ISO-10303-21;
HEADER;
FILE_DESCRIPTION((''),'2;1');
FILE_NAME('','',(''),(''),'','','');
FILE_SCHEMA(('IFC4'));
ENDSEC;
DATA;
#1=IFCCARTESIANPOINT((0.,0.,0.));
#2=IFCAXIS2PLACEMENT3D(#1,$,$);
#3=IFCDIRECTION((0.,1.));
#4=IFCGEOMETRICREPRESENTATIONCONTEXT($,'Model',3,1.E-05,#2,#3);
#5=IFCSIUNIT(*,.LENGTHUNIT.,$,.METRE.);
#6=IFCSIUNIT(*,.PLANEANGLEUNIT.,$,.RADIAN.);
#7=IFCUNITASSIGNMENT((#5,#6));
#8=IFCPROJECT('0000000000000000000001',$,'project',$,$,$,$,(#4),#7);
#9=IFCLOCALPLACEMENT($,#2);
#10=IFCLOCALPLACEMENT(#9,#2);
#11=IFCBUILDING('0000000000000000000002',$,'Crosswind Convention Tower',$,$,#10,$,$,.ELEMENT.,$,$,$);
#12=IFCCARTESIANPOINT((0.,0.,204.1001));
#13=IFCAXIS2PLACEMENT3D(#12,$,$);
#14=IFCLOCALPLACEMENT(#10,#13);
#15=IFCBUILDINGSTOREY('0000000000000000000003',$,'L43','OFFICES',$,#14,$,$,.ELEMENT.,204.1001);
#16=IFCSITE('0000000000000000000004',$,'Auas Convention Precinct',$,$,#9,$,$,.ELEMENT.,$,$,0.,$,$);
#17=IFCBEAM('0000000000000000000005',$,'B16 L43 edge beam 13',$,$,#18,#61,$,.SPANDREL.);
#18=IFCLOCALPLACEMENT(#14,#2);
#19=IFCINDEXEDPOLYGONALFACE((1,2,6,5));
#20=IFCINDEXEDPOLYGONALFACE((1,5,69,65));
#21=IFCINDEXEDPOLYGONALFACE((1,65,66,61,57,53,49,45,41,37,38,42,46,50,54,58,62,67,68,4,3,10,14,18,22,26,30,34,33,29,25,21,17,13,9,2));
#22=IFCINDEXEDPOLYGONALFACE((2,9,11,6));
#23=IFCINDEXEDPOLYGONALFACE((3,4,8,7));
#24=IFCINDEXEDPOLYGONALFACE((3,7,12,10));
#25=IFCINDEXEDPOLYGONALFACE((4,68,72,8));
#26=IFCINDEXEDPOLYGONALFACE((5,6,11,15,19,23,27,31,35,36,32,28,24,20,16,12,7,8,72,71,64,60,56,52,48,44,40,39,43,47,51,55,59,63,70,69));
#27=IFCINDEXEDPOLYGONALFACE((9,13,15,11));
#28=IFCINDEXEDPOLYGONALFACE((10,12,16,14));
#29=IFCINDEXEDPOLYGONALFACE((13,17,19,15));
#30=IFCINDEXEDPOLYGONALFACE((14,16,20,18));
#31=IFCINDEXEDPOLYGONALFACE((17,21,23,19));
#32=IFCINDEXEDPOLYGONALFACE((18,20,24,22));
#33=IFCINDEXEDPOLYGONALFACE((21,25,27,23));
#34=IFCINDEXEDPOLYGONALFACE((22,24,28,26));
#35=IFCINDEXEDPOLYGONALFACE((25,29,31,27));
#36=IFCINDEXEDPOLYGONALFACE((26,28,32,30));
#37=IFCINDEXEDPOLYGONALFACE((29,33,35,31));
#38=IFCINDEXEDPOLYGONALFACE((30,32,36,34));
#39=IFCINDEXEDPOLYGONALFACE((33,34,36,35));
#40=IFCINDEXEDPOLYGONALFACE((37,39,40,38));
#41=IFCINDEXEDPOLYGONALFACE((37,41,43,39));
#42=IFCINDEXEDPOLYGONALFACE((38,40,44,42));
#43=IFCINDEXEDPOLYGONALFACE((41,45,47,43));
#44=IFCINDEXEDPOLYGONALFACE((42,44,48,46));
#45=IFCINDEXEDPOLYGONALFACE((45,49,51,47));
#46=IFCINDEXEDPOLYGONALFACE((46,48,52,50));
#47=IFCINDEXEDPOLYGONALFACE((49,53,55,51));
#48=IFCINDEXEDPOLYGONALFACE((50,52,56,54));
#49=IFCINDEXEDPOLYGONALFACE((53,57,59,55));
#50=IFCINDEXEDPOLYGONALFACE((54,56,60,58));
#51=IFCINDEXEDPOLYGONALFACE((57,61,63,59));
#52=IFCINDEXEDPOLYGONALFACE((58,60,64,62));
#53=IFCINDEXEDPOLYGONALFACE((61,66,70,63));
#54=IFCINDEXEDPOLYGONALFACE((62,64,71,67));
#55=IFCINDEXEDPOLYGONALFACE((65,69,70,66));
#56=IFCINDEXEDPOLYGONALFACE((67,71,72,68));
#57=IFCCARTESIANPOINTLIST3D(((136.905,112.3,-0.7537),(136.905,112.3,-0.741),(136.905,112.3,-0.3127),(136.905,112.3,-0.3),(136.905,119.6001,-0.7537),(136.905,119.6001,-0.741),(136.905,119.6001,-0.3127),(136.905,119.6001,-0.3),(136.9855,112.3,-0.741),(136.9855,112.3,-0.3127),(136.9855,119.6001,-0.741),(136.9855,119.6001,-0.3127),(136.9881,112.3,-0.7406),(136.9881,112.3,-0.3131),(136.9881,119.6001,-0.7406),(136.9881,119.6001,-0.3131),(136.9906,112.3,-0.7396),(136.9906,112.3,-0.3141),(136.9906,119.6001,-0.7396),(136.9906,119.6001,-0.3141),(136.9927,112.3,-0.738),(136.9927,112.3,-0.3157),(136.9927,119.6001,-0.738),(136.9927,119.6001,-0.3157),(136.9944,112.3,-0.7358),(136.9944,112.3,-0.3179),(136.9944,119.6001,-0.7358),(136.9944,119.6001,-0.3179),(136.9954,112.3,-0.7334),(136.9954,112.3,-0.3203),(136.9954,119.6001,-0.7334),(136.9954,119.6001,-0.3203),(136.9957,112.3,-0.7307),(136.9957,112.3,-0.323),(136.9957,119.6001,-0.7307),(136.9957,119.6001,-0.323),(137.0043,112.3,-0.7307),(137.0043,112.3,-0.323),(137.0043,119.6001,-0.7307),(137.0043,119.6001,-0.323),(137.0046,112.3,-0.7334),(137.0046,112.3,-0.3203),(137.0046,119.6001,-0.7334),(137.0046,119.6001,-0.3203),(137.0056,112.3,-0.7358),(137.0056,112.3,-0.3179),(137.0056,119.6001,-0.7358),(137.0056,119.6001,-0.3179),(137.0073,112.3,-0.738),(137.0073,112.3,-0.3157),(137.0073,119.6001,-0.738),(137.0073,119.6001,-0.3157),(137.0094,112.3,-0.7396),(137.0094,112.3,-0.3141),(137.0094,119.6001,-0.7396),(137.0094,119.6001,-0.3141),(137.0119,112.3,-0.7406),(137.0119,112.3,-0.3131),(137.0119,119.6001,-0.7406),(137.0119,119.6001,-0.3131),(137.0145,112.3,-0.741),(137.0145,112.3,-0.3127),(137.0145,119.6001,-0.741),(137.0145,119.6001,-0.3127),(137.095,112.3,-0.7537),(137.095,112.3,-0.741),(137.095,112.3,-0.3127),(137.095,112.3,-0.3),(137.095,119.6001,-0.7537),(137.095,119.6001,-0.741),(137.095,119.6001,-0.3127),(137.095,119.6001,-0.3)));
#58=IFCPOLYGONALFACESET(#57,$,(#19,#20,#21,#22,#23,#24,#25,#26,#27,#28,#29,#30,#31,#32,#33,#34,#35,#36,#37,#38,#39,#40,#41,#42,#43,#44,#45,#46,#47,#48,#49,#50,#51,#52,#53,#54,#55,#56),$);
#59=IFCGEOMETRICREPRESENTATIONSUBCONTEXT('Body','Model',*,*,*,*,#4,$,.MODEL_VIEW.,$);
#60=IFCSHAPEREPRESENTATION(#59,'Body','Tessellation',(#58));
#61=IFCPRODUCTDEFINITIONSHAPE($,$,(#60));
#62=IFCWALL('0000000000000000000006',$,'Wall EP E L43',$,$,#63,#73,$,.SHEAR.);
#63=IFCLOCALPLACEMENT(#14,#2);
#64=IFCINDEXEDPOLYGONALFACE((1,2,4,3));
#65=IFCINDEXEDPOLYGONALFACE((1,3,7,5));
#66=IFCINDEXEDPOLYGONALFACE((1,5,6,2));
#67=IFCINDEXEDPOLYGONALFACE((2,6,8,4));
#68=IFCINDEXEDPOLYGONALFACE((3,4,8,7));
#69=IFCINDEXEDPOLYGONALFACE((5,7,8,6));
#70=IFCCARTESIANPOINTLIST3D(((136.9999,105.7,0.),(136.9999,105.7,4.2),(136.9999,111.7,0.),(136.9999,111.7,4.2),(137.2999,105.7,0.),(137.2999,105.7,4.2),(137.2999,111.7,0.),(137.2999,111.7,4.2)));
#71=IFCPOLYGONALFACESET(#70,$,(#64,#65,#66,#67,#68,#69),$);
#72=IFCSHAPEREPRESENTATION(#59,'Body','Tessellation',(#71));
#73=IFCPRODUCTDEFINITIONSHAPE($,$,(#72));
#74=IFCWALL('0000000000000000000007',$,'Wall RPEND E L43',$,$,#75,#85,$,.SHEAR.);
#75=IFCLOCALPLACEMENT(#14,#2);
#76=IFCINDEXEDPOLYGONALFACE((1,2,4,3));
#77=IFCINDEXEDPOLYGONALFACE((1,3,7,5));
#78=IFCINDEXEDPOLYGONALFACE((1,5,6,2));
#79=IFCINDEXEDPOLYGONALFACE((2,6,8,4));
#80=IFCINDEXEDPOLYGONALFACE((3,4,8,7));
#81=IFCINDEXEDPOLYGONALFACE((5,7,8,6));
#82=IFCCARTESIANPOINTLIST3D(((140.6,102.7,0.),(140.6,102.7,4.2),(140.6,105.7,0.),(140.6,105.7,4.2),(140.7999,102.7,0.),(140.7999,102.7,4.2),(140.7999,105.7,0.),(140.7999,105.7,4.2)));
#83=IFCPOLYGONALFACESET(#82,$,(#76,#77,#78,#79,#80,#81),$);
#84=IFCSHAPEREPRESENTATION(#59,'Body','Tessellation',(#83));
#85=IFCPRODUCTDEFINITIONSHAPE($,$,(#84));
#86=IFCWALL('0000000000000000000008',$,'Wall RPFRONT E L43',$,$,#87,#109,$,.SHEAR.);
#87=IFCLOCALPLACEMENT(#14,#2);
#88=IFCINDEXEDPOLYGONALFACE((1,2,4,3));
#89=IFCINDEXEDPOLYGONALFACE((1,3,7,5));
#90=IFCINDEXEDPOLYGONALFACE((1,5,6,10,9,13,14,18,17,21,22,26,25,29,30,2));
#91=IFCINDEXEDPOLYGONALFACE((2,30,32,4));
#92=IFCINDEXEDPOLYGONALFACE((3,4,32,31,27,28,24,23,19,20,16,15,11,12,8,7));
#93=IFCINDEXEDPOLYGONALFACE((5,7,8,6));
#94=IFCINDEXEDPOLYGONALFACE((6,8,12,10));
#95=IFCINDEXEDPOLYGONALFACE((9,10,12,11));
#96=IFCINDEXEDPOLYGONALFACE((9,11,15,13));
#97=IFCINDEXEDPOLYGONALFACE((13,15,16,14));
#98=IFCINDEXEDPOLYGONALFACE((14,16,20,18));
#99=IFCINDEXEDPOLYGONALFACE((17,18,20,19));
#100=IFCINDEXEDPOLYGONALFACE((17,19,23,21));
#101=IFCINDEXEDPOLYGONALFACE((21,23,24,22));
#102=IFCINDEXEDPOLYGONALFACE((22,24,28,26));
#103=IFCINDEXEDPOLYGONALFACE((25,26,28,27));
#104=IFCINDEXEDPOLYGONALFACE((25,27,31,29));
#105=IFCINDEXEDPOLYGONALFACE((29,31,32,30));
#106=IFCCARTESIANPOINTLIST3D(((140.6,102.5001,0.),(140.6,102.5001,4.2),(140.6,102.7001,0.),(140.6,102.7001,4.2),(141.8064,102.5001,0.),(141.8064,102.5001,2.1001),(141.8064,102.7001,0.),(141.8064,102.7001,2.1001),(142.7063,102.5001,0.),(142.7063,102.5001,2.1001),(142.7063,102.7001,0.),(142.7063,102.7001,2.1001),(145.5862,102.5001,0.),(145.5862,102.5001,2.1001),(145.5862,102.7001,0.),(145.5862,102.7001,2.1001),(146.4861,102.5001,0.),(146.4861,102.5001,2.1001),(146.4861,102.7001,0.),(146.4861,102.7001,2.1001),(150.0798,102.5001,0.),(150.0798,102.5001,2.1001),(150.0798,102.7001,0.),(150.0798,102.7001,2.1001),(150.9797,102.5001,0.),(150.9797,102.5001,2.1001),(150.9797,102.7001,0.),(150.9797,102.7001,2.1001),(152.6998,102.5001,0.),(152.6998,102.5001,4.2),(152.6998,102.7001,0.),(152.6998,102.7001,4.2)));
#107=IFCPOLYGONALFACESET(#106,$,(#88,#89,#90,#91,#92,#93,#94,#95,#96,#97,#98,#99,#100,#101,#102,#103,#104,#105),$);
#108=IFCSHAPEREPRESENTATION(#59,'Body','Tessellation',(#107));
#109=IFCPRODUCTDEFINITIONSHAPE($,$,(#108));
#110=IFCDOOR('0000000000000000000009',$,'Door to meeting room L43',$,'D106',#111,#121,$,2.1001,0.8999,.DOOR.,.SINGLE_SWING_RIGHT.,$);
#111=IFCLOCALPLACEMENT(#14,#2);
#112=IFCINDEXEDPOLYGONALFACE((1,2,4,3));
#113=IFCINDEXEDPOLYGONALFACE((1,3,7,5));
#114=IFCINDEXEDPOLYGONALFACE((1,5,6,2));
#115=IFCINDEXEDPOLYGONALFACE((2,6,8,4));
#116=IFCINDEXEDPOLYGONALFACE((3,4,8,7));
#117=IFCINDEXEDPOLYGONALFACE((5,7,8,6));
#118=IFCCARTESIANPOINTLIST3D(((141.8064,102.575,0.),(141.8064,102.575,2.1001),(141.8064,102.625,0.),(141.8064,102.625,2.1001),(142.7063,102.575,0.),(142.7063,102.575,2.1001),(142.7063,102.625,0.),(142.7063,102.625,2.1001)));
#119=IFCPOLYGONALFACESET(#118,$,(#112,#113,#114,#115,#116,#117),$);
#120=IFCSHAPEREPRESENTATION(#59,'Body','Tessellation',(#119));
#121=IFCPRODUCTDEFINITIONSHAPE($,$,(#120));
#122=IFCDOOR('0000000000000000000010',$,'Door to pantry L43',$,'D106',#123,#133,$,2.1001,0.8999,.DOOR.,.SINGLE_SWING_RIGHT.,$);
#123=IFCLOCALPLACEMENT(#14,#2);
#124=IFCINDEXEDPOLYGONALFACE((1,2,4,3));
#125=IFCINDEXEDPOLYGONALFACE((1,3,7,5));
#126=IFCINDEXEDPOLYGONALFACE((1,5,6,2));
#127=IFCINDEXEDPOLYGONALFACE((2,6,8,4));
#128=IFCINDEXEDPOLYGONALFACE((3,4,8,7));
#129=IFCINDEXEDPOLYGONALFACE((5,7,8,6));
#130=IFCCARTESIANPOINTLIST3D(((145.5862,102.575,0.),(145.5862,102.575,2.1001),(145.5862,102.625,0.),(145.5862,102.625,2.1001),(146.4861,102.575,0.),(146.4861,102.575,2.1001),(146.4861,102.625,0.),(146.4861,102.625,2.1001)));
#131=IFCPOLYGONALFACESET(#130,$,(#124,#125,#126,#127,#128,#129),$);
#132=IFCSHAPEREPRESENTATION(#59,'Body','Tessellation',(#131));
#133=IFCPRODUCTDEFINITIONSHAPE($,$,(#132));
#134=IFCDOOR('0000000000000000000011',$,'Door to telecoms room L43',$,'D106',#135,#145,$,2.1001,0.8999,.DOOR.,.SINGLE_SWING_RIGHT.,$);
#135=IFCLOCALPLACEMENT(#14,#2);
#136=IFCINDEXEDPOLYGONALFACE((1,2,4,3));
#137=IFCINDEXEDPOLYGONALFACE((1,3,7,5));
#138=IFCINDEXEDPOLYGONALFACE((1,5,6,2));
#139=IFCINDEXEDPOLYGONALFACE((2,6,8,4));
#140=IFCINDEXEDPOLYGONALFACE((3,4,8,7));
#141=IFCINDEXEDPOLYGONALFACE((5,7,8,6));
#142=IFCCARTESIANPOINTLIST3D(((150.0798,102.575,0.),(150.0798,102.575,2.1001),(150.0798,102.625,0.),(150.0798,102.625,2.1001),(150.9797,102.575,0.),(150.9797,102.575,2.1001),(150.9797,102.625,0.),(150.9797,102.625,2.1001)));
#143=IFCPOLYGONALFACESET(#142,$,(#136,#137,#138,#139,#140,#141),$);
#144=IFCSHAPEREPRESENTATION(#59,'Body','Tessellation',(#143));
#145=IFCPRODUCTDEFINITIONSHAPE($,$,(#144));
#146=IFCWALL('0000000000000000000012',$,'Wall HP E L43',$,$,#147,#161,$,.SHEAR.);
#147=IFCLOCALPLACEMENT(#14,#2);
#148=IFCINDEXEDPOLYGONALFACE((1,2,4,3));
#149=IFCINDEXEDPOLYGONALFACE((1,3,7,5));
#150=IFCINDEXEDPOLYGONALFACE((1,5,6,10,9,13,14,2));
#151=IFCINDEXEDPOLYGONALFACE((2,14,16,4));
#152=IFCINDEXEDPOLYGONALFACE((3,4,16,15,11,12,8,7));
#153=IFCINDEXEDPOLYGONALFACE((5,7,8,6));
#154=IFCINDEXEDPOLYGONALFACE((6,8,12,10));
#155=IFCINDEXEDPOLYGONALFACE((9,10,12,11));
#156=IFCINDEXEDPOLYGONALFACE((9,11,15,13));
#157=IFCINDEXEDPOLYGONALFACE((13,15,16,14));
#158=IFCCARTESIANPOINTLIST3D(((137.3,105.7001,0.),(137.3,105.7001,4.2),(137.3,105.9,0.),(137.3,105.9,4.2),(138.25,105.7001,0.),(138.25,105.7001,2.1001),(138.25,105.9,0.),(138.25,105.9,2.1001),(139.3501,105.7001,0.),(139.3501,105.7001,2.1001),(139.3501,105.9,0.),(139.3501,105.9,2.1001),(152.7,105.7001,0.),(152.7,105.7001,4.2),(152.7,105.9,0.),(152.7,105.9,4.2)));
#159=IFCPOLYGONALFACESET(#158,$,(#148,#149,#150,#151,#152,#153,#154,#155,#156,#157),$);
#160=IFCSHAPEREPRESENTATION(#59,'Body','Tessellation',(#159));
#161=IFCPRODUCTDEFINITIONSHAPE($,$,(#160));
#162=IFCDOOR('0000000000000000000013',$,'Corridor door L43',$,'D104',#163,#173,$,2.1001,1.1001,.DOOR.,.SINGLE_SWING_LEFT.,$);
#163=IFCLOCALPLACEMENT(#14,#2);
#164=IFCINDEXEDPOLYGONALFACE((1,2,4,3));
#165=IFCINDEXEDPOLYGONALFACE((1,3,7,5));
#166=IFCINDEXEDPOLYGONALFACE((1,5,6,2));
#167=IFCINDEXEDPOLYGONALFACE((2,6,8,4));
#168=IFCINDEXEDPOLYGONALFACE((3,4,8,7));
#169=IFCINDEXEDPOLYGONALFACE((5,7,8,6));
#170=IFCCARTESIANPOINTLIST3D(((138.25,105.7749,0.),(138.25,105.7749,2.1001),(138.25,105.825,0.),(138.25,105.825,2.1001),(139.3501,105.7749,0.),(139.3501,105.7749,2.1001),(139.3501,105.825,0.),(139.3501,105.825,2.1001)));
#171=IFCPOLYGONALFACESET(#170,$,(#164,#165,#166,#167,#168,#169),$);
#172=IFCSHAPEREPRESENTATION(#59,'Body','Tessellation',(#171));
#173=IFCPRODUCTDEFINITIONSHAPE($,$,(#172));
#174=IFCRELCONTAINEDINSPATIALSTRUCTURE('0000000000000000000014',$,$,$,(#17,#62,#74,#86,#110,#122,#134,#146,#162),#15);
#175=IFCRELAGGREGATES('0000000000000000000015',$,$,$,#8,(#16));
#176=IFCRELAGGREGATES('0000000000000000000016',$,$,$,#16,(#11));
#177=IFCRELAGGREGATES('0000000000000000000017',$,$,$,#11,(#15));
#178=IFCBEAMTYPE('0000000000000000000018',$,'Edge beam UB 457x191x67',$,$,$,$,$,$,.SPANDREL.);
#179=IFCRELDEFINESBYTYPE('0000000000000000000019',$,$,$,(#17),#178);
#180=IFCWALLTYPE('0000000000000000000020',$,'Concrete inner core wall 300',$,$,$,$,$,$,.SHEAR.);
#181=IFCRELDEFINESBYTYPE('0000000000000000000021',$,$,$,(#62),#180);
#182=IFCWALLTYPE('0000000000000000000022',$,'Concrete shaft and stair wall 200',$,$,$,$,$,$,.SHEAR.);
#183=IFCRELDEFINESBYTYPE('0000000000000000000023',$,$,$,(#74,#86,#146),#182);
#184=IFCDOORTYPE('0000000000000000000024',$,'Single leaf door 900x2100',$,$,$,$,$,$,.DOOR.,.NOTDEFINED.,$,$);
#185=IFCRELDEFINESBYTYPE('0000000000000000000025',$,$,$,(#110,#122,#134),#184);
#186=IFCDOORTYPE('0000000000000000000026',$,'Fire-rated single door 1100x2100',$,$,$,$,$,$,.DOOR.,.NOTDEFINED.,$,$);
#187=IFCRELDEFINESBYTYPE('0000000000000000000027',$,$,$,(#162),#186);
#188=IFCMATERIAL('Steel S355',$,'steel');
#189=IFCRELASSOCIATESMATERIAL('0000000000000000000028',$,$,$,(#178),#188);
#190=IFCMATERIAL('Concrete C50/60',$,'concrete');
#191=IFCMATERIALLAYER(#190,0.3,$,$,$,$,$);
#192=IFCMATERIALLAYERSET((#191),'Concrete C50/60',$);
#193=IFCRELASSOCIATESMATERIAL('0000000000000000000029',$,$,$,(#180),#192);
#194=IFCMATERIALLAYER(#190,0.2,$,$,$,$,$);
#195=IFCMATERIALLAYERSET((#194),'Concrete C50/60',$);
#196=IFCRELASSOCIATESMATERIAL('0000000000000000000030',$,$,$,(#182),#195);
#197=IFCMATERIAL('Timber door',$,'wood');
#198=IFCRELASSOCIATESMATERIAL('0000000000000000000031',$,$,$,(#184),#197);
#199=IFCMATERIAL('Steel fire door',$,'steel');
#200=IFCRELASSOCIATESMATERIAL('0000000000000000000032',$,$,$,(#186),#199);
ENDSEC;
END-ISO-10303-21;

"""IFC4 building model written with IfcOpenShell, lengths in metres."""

from ifc_helpers import new_model, si_unit, direction, frame, frame_2d, origin, origin_2d, place, context, subcontext, project, spatial, rectangle, i_section, extrude, material, layer, layer_set, material_profile, profile_set, type_object, element, fill, save


model = new_model("IFC4")

# Units and contexts
model_context = context("Model", 3, precision=1e-05, world=origin(), true_north=direction((0.0, 1.0)))
body_context = subcontext(model_context, "Body", "Model", "MODEL_VIEW")
ifc_project = project(units=[si_unit("LENGTHUNIT", "METRE"), si_unit("PLANEANGLEUNIT", "RADIAN")], contexts=[model_context])

# Site, building, storey
site_placement = place(None, origin())
site = spatial("IfcSite", under=ifc_project, at=site_placement, Name="Auas Convention Precinct", CompositionType="ELEMENT", RefElevation=0.0)
building_placement = place(site_placement, origin())
building = spatial("IfcBuilding", under=site, at=building_placement, Name="Crosswind Convention Tower", CompositionType="ELEMENT")
storey_placement = place(building_placement, frame((0.0, 0.0, 204.1001)))
storey = spatial("IfcBuildingStorey", under=building, at=storey_placement, Name="L43", Description="OFFICES", CompositionType="ELEMENT", Elevation=204.1001)

# Beam
ifc_material_1 = material(Name="Steel S355", Category="steel")
ifc_material_profile = material_profile(ifc_material_1, i_section(OverallWidth=0.1899, OverallDepth=0.4536, WebThickness=0.0085, FlangeThickness=0.0127, FilletRadius=0.0103, at=origin_2d()), Name="UB 457x191x67")
ifc_profile_set = profile_set([ifc_material_profile], Name="Steel S355")
beam_type = type_object("IfcBeamType", Name="Edge beam UB 457x191x67", PredefinedType="SPANDREL", material=ifc_profile_set)
beam_placement = place(storey_placement, frame((137.0, 112.3, -0.5269), z_axis=(0.0, 1.0, 0.0), x_axis=(-1.0, 0.0, 0.0)))
element("IfcBeam", 1, at=beam_placement, inside=storey, type_object=beam_type, Name="B16 L43 edge beam 13", PredefinedType="SPANDREL", context=body_context, shape_type="SweptSolid", body=[
    extrude(i_section(OverallWidth=0.1899, OverallDepth=0.4536, WebThickness=0.0085, FlangeThickness=0.0127, FilletRadius=0.0103, at=origin_2d()), origin(), (0.0, 0.0, 1.0), 7.3),
])

# Walls
ifc_material_2 = material(Name="Concrete C50/60", Category="concrete")
ifc_layer_1 = layer(ifc_material_2, 0.3)
ifc_layer_set_1 = layer_set([ifc_layer_1], Name="Concrete C50/60")
wall_type_1 = type_object("IfcWallType", Name="Concrete inner core wall 300", PredefinedType="SHEAR", material=ifc_layer_set_1)
wall_1_placement = place(storey_placement, frame((137.1499, 105.7, 0.0), z_axis=(0.0, 0.0, 1.0), x_axis=(0.0, 1.0, 0.0)))
element("IfcWall", 2, at=wall_1_placement, inside=storey, type_object=wall_type_1, Name="Wall EP E L43", PredefinedType="SHEAR", context=body_context, shape_type="SweptSolid", body=[
    extrude(rectangle(XDim=6.0, YDim=0.3, at=frame_2d((3.0, 0.0))), origin(), (0.0, 0.0, 1.0), 4.2),
])
ifc_layer_2 = layer(ifc_material_2, 0.2)
ifc_layer_set_2 = layer_set([ifc_layer_2], Name="Concrete C50/60")
wall_type_2 = type_object("IfcWallType", Name="Concrete shaft and stair wall 200", PredefinedType="SHEAR", material=ifc_layer_set_2)
wall_2_placement = place(storey_placement, frame((140.7, 102.7, 0.0), z_axis=(0.0, 0.0, 1.0), x_axis=(0.0, 1.0, 0.0)))
element("IfcWall", 3, at=wall_2_placement, inside=storey, type_object=wall_type_2, Name="Wall RPEND E L43", PredefinedType="SHEAR", context=body_context, shape_type="SweptSolid", body=[
    extrude(rectangle(XDim=3.0, YDim=0.2, at=frame_2d((1.5, 0.0))), origin(), (0.0, 0.0, 1.0), 4.2),
])

# Wall, openings, doors
wall_3_placement = place(storey_placement, frame((140.6001, 102.6001, 0.0), z_axis=(0.0, 0.0, 1.0), x_axis=(1.0, 0.0, 0.0)))
wall_3 = element("IfcWall", 4, at=wall_3_placement, inside=storey, type_object=wall_type_2, Name="Wall RPFRONT E L43", PredefinedType="SHEAR", context=body_context, shape_type="SweptSolid", body=[
    extrude(rectangle(XDim=12.0999, YDim=0.2, at=frame_2d((6.0498, 0.0))), origin(), (0.0, 0.0, 1.0), 4.2),
])
opening_1_placement = place(wall_3_placement, frame((1.2063, 0.0, 0.0)))
opening_1 = element("IfcOpeningElement", 5, at=opening_1_placement, cuts=wall_3, PredefinedType="OPENING", context=body_context, shape_type="SweptSolid", body=[
    extrude(rectangle(XDim=0.8999, YDim=2.1001, at=frame_2d((0.45, 1.05))), frame((0.0, 0.1099, 0.0), z_axis=(0.0, -1.0, 0.0), x_axis=(1.0, 0.0, 0.0)), (0.0, 0.0, 1.0), 0.22),
])
opening_2_placement = place(wall_3_placement, frame((4.9861, 0.0, 0.0)))
opening_2 = element("IfcOpeningElement", 6, at=opening_2_placement, cuts=wall_3, PredefinedType="OPENING", context=body_context, shape_type="SweptSolid", body=[
    extrude(rectangle(XDim=0.8999, YDim=2.1001, at=frame_2d((0.45, 1.05))), frame((0.0, 0.1099, 0.0), z_axis=(0.0, -1.0, 0.0), x_axis=(1.0, 0.0, 0.0)), (0.0, 0.0, 1.0), 0.22),
])
opening_3_placement = place(wall_3_placement, frame((9.4797, 0.0, 0.0)))
opening_3 = element("IfcOpeningElement", 7, at=opening_3_placement, cuts=wall_3, PredefinedType="OPENING", context=body_context, shape_type="SweptSolid", body=[
    extrude(rectangle(XDim=0.8999, YDim=2.1001, at=frame_2d((0.45, 1.05))), frame((0.0, 0.1099, 0.0), z_axis=(0.0, -1.0, 0.0), x_axis=(1.0, 0.0, 0.0)), (0.0, 0.0, 1.0), 0.22),
])
ifc_material_3 = material(Name="Timber door", Category="wood")
door_type_1 = type_object("IfcDoorType", Name="Single leaf door 900x2100", OperationType="NOTDEFINED", PredefinedType="DOOR", material=ifc_material_3)
door_1_placement = place(opening_1_placement, origin())
door_1 = element("IfcDoor", 8, at=door_1_placement, inside=storey, type_object=door_type_1, Name="Door to meeting room L43", ObjectType="D106", OperationType="SINGLE_SWING_RIGHT", OverallHeight=2.1001, OverallWidth=0.8999, PredefinedType="DOOR", context=body_context, shape_type="SweptSolid", body=[
    extrude(rectangle(XDim=0.8999, YDim=2.1001, at=frame_2d((0.45, 1.05))), frame((0.0, 0.0249, 0.0), z_axis=(0.0, -1.0, 0.0), x_axis=(1.0, 0.0, 0.0)), (0.0, 0.0, 1.0), 0.05),
])
fill(opening_1, door_1)
door_2_placement = place(opening_2_placement, origin())
door_2 = element("IfcDoor", 9, at=door_2_placement, inside=storey, type_object=door_type_1, Name="Door to pantry L43", ObjectType="D106", OperationType="SINGLE_SWING_RIGHT", OverallHeight=2.1001, OverallWidth=0.8999, PredefinedType="DOOR", context=body_context, shape_type="SweptSolid", body=[
    extrude(rectangle(XDim=0.8999, YDim=2.1001, at=frame_2d((0.45, 1.05))), frame((0.0, 0.0249, 0.0), z_axis=(0.0, -1.0, 0.0), x_axis=(1.0, 0.0, 0.0)), (0.0, 0.0, 1.0), 0.05),
])
fill(opening_2, door_2)
door_3_placement = place(opening_3_placement, origin())
door_3 = element("IfcDoor", 10, at=door_3_placement, inside=storey, type_object=door_type_1, Name="Door to telecoms room L43", ObjectType="D106", OperationType="SINGLE_SWING_RIGHT", OverallHeight=2.1001, OverallWidth=0.8999, PredefinedType="DOOR", context=body_context, shape_type="SweptSolid", body=[
    extrude(rectangle(XDim=0.8999, YDim=2.1001, at=frame_2d((0.45, 1.05))), frame((0.0, 0.0249, 0.0), z_axis=(0.0, -1.0, 0.0), x_axis=(1.0, 0.0, 0.0)), (0.0, 0.0, 1.0), 0.05),
])
fill(opening_3, door_3)

# Wall, opening, door
wall_4_placement = place(storey_placement, frame((137.3, 105.8, 0.0), z_axis=(0.0, 0.0, 1.0), x_axis=(1.0, 0.0, 0.0)))
wall_4 = element("IfcWall", 11, at=wall_4_placement, inside=storey, type_object=wall_type_2, Name="Wall HP E L43", PredefinedType="SHEAR", context=body_context, shape_type="SweptSolid", body=[
    extrude(rectangle(XDim=15.3999, YDim=0.2, at=frame_2d((7.7, 0.0))), origin(), (0.0, 0.0, 1.0), 4.2),
])
opening_4_placement = place(wall_4_placement, frame((0.95, 0.0, 0.0)))
opening_4 = element("IfcOpeningElement", 12, at=opening_4_placement, cuts=wall_4, PredefinedType="OPENING", context=body_context, shape_type="SweptSolid", body=[
    extrude(rectangle(XDim=1.1001, YDim=2.1001, at=frame_2d((0.55, 1.05))), frame((0.0, 0.1099, 0.0), z_axis=(0.0, -1.0, 0.0), x_axis=(1.0, 0.0, 0.0)), (0.0, 0.0, 1.0), 0.22),
])
ifc_material_4 = material(Name="Steel fire door", Category="steel")
door_type_2 = type_object("IfcDoorType", Name="Fire-rated single door 1100x2100", OperationType="NOTDEFINED", PredefinedType="DOOR", material=ifc_material_4)
door_4_placement = place(opening_4_placement, origin())
door_4 = element("IfcDoor", 13, at=door_4_placement, inside=storey, type_object=door_type_2, Name="Corridor door L43", ObjectType="D104", OperationType="SINGLE_SWING_LEFT", OverallHeight=2.1001, OverallWidth=1.1001, PredefinedType="DOOR", context=body_context, shape_type="SweptSolid", body=[
    extrude(rectangle(XDim=1.1001, YDim=2.1001, at=frame_2d((0.55, 1.05))), frame((0.0, 0.0249, 0.0), z_axis=(0.0, -1.0, 0.0), x_axis=(1.0, 0.0, 0.0)), (0.0, 0.0, 1.0), 0.05),
])
fill(opening_4, door_4)

save(model, "model.ifc")
